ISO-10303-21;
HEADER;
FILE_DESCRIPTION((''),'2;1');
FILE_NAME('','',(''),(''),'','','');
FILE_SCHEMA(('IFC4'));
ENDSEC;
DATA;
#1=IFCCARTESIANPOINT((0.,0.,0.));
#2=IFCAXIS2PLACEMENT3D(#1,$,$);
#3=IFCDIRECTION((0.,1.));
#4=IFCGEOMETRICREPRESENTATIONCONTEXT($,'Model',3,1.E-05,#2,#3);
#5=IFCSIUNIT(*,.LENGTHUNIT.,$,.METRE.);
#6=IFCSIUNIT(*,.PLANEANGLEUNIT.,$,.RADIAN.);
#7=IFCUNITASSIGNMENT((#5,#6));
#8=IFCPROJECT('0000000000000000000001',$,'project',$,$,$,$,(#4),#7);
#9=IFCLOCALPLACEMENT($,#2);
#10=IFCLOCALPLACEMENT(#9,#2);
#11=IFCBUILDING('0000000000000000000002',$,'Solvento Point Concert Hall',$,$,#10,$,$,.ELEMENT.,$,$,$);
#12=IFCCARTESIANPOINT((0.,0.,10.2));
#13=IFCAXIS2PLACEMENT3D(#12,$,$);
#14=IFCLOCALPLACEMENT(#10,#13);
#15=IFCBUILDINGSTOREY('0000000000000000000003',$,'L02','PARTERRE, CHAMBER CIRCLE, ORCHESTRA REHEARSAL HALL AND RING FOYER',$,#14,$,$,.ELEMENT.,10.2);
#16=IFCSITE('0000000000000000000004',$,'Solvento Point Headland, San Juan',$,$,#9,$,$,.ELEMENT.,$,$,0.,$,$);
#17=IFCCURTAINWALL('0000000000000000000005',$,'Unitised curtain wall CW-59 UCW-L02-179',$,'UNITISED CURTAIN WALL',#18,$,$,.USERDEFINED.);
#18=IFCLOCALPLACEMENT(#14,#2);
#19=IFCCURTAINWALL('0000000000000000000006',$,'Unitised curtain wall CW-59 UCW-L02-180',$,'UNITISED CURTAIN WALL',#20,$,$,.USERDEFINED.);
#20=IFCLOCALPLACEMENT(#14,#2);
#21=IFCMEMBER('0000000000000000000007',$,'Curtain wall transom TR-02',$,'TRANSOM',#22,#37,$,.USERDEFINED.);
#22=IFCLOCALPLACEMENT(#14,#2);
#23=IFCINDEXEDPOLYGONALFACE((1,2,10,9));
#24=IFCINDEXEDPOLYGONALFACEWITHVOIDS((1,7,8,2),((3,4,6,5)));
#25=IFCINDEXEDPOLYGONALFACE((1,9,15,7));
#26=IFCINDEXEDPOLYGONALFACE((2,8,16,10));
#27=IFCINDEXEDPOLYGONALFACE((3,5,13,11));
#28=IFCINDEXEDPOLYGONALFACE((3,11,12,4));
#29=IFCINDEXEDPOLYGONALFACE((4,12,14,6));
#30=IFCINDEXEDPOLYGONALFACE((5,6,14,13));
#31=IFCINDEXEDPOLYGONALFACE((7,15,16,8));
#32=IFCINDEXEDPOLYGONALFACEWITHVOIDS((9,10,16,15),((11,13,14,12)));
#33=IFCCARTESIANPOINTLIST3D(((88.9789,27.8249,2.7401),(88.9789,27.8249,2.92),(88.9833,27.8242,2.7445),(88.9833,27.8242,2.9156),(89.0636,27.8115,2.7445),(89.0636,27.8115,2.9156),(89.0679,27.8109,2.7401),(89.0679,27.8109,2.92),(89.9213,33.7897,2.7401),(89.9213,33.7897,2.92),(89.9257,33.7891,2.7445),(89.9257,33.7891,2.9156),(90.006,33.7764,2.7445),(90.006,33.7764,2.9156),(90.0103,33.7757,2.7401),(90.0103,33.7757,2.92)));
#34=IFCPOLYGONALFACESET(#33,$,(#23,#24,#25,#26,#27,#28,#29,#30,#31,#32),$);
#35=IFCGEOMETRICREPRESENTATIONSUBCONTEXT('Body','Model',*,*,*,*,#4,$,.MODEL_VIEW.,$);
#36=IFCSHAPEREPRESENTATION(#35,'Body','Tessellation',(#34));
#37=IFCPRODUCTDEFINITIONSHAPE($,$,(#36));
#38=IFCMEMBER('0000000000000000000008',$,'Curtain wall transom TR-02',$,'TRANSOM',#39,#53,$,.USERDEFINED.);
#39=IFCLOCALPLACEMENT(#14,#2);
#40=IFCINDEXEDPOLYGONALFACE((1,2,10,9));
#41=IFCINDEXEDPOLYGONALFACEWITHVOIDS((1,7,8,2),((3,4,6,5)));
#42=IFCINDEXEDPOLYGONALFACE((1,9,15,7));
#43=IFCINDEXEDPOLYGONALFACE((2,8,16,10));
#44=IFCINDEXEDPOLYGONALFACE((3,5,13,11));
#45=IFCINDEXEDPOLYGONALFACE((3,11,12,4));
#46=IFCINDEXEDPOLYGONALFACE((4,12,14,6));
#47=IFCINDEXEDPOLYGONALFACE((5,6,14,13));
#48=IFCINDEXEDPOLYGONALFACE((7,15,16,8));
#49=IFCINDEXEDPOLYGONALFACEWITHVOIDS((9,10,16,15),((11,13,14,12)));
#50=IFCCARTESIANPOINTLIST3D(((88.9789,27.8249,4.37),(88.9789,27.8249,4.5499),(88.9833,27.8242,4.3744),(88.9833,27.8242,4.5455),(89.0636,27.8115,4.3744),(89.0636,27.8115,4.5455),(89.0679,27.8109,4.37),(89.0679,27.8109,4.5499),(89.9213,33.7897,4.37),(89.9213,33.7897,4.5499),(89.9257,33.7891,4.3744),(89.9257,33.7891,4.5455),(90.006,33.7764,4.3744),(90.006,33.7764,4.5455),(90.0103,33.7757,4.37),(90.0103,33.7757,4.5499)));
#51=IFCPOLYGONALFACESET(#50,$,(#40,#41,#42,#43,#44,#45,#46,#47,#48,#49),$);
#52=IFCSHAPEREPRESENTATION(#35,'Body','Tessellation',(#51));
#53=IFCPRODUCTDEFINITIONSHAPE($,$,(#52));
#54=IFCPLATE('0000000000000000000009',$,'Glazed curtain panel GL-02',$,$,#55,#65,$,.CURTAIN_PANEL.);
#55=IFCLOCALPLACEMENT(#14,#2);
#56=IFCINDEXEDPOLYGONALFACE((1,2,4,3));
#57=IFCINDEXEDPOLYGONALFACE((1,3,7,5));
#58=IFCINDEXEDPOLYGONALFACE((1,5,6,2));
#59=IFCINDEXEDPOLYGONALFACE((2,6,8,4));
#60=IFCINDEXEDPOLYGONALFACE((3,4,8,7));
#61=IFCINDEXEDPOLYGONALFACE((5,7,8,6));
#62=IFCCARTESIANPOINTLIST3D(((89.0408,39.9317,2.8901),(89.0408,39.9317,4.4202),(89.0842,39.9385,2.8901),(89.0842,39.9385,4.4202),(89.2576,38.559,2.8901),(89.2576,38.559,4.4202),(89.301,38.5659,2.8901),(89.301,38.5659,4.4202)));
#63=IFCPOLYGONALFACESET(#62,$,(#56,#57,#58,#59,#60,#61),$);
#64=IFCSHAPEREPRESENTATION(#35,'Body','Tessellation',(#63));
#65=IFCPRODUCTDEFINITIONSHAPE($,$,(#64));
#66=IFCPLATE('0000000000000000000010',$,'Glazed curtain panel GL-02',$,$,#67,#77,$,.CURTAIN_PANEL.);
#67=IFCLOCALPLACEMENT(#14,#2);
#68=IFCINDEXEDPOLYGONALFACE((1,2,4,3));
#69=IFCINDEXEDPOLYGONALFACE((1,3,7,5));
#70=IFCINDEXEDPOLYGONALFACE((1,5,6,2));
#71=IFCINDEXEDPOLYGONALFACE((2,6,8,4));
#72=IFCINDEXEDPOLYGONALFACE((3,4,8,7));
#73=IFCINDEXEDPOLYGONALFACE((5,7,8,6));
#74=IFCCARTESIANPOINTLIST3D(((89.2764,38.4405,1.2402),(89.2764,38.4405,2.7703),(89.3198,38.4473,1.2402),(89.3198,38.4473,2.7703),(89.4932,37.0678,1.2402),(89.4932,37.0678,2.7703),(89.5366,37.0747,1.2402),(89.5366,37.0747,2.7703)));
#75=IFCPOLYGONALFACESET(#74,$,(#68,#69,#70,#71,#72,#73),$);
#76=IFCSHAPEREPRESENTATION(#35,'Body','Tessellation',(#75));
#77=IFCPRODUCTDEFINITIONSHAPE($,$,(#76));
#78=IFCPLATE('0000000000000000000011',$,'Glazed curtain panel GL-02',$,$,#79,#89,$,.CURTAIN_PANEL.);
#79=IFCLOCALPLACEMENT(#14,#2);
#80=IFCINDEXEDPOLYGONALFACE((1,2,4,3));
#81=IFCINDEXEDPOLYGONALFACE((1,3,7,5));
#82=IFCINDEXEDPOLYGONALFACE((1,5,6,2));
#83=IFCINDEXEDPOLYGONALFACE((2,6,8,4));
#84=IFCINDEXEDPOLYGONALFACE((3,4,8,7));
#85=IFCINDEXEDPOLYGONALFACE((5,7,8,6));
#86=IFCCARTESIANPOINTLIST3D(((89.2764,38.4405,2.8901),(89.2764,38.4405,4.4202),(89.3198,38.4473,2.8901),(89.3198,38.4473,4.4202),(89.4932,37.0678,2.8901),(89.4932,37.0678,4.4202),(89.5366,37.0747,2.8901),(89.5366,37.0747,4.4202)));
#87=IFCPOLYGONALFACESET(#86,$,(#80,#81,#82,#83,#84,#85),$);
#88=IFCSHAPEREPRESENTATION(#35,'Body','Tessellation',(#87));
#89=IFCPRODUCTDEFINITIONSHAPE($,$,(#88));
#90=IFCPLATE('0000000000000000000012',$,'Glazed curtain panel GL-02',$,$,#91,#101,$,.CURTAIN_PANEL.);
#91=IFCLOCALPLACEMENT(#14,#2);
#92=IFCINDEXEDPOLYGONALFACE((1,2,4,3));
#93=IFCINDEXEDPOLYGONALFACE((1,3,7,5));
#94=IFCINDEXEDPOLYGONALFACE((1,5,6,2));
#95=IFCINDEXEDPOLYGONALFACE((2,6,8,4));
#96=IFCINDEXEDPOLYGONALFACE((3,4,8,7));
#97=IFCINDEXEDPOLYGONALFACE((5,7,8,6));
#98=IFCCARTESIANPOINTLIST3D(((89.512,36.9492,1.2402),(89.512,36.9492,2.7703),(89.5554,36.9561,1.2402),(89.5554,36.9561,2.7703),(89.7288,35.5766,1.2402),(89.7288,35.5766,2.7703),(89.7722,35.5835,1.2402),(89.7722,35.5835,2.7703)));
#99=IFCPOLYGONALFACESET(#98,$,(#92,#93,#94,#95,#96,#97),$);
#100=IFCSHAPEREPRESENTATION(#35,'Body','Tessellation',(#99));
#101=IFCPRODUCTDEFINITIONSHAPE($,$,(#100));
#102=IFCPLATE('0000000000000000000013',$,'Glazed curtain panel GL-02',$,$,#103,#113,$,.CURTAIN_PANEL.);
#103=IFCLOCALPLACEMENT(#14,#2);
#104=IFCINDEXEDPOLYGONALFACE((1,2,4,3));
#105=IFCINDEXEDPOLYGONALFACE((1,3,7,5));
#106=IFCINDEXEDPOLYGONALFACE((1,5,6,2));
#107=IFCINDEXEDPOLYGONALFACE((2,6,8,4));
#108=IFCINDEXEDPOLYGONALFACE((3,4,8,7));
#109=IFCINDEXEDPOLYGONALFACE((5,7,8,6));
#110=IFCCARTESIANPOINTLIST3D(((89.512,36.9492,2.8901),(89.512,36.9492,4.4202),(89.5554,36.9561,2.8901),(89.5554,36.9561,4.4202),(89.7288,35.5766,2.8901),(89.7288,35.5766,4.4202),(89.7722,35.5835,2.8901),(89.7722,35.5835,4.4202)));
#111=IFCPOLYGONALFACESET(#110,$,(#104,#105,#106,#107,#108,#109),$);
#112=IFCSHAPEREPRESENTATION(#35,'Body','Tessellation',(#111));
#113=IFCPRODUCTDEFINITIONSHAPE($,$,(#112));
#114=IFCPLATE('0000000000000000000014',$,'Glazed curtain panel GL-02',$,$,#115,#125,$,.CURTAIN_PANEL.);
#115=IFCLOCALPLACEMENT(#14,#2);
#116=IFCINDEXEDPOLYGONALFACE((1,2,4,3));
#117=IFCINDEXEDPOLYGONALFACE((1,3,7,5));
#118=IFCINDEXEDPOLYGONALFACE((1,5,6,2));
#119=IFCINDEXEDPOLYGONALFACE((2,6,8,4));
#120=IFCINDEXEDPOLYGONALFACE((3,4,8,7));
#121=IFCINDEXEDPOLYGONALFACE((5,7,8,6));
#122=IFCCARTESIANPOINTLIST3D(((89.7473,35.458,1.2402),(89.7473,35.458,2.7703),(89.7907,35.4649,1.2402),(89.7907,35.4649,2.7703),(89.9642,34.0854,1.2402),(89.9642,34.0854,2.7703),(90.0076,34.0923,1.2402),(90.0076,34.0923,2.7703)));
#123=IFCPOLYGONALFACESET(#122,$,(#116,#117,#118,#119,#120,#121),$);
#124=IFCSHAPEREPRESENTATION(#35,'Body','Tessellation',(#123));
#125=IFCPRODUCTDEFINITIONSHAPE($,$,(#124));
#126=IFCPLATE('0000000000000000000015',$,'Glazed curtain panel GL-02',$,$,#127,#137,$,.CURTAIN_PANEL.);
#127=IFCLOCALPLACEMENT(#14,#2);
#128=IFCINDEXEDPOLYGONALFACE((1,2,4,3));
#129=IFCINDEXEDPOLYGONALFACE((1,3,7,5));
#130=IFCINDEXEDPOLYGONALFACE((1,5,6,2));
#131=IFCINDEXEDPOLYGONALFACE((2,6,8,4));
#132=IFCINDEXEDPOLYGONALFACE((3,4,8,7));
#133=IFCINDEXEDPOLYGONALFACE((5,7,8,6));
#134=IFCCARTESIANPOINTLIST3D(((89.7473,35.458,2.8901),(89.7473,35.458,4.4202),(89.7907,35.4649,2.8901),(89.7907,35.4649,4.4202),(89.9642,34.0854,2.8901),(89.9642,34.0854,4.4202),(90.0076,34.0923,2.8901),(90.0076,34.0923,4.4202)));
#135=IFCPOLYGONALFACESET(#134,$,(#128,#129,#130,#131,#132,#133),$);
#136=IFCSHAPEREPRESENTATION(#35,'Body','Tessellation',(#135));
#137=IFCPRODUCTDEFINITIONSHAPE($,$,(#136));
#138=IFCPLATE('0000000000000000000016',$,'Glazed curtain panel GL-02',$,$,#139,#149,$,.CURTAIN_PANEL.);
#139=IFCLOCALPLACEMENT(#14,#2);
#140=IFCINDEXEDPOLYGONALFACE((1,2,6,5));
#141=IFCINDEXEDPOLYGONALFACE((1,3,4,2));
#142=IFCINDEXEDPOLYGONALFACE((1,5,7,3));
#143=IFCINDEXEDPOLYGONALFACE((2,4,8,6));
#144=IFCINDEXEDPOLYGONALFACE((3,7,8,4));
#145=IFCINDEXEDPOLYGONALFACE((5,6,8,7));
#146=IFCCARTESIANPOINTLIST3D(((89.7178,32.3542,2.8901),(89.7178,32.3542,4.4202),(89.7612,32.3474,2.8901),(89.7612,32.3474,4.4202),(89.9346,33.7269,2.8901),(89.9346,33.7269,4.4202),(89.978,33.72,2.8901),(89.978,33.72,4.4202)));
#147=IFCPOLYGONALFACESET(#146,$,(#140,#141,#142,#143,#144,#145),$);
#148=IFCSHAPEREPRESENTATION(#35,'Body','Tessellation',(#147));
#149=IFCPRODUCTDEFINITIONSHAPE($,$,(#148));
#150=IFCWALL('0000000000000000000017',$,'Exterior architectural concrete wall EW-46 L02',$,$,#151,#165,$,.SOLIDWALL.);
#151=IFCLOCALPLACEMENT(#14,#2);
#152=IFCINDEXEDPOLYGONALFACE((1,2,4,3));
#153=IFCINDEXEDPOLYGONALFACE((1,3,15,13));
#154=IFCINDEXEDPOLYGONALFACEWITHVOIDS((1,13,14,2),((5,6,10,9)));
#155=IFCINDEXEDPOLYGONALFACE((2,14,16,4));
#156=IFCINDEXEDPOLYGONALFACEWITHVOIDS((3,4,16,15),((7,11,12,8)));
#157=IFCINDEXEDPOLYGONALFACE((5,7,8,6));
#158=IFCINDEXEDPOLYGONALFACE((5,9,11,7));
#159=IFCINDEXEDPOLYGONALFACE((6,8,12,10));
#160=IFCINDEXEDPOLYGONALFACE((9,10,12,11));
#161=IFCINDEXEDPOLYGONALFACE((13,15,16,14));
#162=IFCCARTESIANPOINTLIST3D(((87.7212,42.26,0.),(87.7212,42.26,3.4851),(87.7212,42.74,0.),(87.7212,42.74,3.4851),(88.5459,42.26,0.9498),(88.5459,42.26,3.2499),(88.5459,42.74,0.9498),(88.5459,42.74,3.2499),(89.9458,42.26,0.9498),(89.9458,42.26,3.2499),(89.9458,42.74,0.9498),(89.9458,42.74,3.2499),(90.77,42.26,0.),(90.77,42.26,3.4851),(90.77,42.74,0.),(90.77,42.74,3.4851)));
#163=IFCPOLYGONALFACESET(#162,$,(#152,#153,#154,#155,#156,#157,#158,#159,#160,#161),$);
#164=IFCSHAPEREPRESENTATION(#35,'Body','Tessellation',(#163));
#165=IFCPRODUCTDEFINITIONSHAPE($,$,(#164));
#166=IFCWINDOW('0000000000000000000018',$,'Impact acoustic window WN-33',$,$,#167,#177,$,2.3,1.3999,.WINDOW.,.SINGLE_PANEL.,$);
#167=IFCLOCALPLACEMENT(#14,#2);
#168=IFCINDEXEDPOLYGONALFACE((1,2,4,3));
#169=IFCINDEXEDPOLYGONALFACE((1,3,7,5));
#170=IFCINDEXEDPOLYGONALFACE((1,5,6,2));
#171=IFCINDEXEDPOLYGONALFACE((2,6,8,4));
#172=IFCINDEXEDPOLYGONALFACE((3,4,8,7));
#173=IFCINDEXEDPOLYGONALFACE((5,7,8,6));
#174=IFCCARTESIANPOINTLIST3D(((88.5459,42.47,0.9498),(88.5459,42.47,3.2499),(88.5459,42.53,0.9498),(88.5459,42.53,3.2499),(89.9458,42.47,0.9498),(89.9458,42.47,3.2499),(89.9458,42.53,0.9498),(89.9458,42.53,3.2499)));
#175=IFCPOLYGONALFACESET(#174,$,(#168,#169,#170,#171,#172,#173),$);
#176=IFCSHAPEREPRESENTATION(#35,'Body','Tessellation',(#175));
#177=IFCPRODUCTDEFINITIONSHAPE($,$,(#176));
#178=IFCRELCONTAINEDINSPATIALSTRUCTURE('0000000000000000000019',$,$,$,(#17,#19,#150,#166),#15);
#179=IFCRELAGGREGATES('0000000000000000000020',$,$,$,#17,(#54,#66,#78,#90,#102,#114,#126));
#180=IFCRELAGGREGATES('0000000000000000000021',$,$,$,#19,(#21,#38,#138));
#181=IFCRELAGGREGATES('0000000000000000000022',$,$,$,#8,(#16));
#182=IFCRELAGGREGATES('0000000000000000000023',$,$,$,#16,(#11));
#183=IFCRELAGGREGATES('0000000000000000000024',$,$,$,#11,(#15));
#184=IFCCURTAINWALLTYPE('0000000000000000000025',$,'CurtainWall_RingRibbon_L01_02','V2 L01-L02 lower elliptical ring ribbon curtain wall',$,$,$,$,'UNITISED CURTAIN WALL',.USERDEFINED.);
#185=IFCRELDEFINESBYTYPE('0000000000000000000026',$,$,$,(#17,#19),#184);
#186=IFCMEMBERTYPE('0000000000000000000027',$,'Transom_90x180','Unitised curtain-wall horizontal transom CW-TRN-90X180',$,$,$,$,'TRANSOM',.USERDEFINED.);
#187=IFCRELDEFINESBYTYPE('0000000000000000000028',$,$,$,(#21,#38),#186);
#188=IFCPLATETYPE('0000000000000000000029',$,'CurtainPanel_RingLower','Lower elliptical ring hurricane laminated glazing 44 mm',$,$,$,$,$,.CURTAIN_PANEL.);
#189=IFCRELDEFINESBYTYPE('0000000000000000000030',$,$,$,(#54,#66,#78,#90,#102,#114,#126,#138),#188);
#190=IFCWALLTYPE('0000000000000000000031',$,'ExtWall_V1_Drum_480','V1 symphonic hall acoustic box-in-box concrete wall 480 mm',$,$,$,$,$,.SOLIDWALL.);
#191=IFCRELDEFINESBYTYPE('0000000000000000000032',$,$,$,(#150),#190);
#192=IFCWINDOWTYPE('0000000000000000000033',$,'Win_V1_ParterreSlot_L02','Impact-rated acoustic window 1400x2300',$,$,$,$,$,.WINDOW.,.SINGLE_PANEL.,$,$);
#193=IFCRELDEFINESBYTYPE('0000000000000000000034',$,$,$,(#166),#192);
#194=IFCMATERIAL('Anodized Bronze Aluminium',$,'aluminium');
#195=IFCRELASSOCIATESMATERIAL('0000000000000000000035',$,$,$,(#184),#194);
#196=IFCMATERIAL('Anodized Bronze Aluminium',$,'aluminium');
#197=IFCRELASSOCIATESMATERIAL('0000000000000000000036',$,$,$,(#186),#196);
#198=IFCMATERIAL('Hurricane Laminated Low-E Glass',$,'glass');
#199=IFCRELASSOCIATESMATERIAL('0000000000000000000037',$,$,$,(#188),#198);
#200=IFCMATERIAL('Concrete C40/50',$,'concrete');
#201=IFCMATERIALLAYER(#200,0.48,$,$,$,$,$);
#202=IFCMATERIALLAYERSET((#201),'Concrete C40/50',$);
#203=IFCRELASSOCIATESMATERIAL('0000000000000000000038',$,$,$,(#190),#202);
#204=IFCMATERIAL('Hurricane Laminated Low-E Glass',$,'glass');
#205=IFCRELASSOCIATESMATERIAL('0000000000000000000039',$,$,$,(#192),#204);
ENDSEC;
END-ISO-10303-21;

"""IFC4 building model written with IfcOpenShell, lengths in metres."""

from ifc_helpers import new_model, si_unit, direction, frame, frame_2d, origin, origin_2d, place, context, subcontext, project, spatial, rectangle, hollow_rectangle, extrude, material, layer, layer_set, material_profile, profile_set, type_object, element, fill, aggregate, save


model = new_model("IFC4")

# Units and contexts
model_context = context("Model", 3, precision=1e-05, world=origin(), true_north=direction((0.0, 1.0)))
body_context = subcontext(model_context, "Body", "Model", "MODEL_VIEW")
ifc_project = project(units=[si_unit("LENGTHUNIT", "METRE"), si_unit("PLANEANGLEUNIT", "RADIAN")], contexts=[model_context])

# Site, building, storey
site_placement = place(None, origin())
site = spatial("IfcSite", under=ifc_project, at=site_placement, Name="Solvento Point Headland, San Juan", CompositionType="ELEMENT", RefElevation=0.0)
building_placement = place(site_placement, origin())
building = spatial("IfcBuilding", under=site, at=building_placement, Name="Solvento Point Concert Hall", CompositionType="ELEMENT")
storey_placement = place(building_placement, frame((0.0, 0.0, 10.2)))
storey = spatial("IfcBuildingStorey", under=building, at=storey_placement, Name="L02", Description="PARTERRE, CHAMBER CIRCLE, ORCHESTRA REHEARSAL HALL AND RING FOYER", CompositionType="ELEMENT", Elevation=10.2)

# Curtain walls, members
ifc_material_1 = material(Name="Anodized Bronze Aluminium", Category="aluminium")
curtain_wall_type = type_object("IfcCurtainWallType", Name="CurtainWall_RingRibbon_L01_02", Description="V2 L01-L02 lower elliptical ring ribbon curtain wall", ElementType="UNITISED CURTAIN WALL", PredefinedType="USERDEFINED", material=ifc_material_1)
curtain_wall_1_placement = place(storey_placement, origin())
curtain_wall_1 = element("IfcCurtainWall", 1, at=curtain_wall_1_placement, inside=storey, type_object=curtain_wall_type, Name="Unitised curtain wall CW-59 UCW-L02-179", ObjectType="UNITISED CURTAIN WALL", PredefinedType="USERDEFINED")
curtain_wall_2_placement = place(storey_placement, origin())
curtain_wall_2 = element("IfcCurtainWall", 2, at=curtain_wall_2_placement, inside=storey, type_object=curtain_wall_type, Name="Unitised curtain wall CW-59 UCW-L02-180", ObjectType="UNITISED CURTAIN WALL", PredefinedType="USERDEFINED")
ifc_material_2 = material(Name="Anodized Bronze Aluminium", Category="aluminium")
ifc_material_profile_1 = material_profile(ifc_material_2, hollow_rectangle(XDim=0.0901, YDim=0.1799, WallThickness=0.0044, at=origin_2d()), Name="CW-TRN-90X180")
ifc_profile_set_1 = profile_set([ifc_material_profile_1], Name="Anodized Bronze Aluminium")
member_type_1 = type_object("IfcMemberType", Name="Transom_90x180", Description="Unitised curtain-wall horizontal transom CW-TRN-90X180", ElementType="TRANSOM", PredefinedType="USERDEFINED", material=ifc_profile_set_1)
member_1_placement = place(storey_placement, frame((89.9658, 33.7827, 2.8301), z_axis=(-0.156054, -0.987749, 0.0), x_axis=(0.987749, -0.156054, 0.0)))
member_1 = element("IfcMember", 3, at=member_1_placement, type_object=member_type_1, Name="Curtain wall transom TR-02", ObjectType="TRANSOM", PredefinedType="USERDEFINED", context=body_context, shape_type="SweptSolid", body=[
    extrude(hollow_rectangle(XDim=0.0901, YDim=0.1799, WallThickness=0.0044, at=origin_2d()), origin(), (0.0, 0.0, 1.0), 6.0388),
])
member_2_placement = place(storey_placement, frame((89.9658, 33.7827, 4.46), z_axis=(-0.156054, -0.987749, 0.0), x_axis=(0.987749, -0.156054, 0.0)))
member_2 = element("IfcMember", 4, at=member_2_placement, type_object=member_type_1, Name="Curtain wall transom TR-02", ObjectType="TRANSOM", PredefinedType="USERDEFINED", context=body_context, shape_type="SweptSolid", body=[
    extrude(hollow_rectangle(XDim=0.0901, YDim=0.1799, WallThickness=0.0044, at=origin_2d()), origin(), (0.0, 0.0, 1.0), 6.0388),
])

# Plates
ifc_material_3 = material(Name="Hurricane Laminated Low-E Glass", Category="glass")
plate_type = type_object("IfcPlateType", Name="CurtainPanel_RingLower", Description="Lower elliptical ring hurricane laminated glazing 44 mm", PredefinedType="CURTAIN_PANEL", material=ifc_material_3)
plate_1_placement = place(storey_placement, frame((89.1709, 39.2488, 2.8901), z_axis=(0.0, 0.0, 1.0), x_axis=(0.156041, -0.987751, 0.0)))
plate_1 = element("IfcPlate", 5, at=plate_1_placement, type_object=plate_type, Name="Glazed curtain panel GL-02", PredefinedType="CURTAIN_PANEL", context=body_context, shape_type="SweptSolid", body=[
    extrude(rectangle(XDim=1.3896, YDim=0.0439, at=origin_2d()), origin(), (0.0, 0.0, 1.0), 1.53),
])
plate_2_placement = place(storey_placement, frame((89.4065, 37.7576, 1.2402), z_axis=(0.0, 0.0, 1.0), x_axis=(0.156041, -0.987751, 0.0)))
plate_2 = element("IfcPlate", 6, at=plate_2_placement, type_object=plate_type, Name="Glazed curtain panel GL-02", PredefinedType="CURTAIN_PANEL", context=body_context, shape_type="SweptSolid", body=[
    extrude(rectangle(XDim=1.3896, YDim=0.0439, at=origin_2d()), origin(), (0.0, 0.0, 1.0), 1.53),
])
plate_3_placement = place(storey_placement, frame((89.4065, 37.7576, 2.8901), z_axis=(0.0, 0.0, 1.0), x_axis=(0.156041, -0.987751, 0.0)))
plate_3 = element("IfcPlate", 7, at=plate_3_placement, type_object=plate_type, Name="Glazed curtain panel GL-02", PredefinedType="CURTAIN_PANEL", context=body_context, shape_type="SweptSolid", body=[
    extrude(rectangle(XDim=1.3896, YDim=0.0439, at=origin_2d()), origin(), (0.0, 0.0, 1.0), 1.53),
])
plate_4_placement = place(storey_placement, frame((89.6421, 36.2664, 1.2402), z_axis=(0.0, 0.0, 1.0), x_axis=(0.156041, -0.987751, 0.0)))
plate_4 = element("IfcPlate", 8, at=plate_4_placement, type_object=plate_type, Name="Glazed curtain panel GL-02", PredefinedType="CURTAIN_PANEL", context=body_context, shape_type="SweptSolid", body=[
    extrude(rectangle(XDim=1.3896, YDim=0.0439, at=origin_2d()), origin(), (0.0, 0.0, 1.0), 1.53),
])
plate_5_placement = place(storey_placement, frame((89.6421, 36.2664, 2.8901), z_axis=(0.0, 0.0, 1.0), x_axis=(0.156041, -0.987751, 0.0)))
plate_5 = element("IfcPlate", 9, at=plate_5_placement, type_object=plate_type, Name="Glazed curtain panel GL-02", PredefinedType="CURTAIN_PANEL", context=body_context, shape_type="SweptSolid", body=[
    extrude(rectangle(XDim=1.3896, YDim=0.0439, at=origin_2d()), origin(), (0.0, 0.0, 1.0), 1.53),
])
plate_6_placement = place(storey_placement, frame((89.8774, 34.7751, 1.2402), z_axis=(0.0, 0.0, 1.0), x_axis=(0.156041, -0.987751, 0.0)))
plate_6 = element("IfcPlate", 10, at=plate_6_placement, type_object=plate_type, Name="Glazed curtain panel GL-02", PredefinedType="CURTAIN_PANEL", context=body_context, shape_type="SweptSolid", body=[
    extrude(rectangle(XDim=1.3896, YDim=0.0439, at=origin_2d()), origin(), (0.0, 0.0, 1.0), 1.53),
])
plate_7_placement = place(storey_placement, frame((89.8774, 34.7751, 2.8901), z_axis=(0.0, 0.0, 1.0), x_axis=(0.156041, -0.987751, 0.0)))
plate_7 = element("IfcPlate", 11, at=plate_7_placement, type_object=plate_type, Name="Glazed curtain panel GL-02", PredefinedType="CURTAIN_PANEL", context=body_context, shape_type="SweptSolid", body=[
    extrude(rectangle(XDim=1.3896, YDim=0.0439, at=origin_2d()), origin(), (0.0, 0.0, 1.0), 1.53),
])
aggregate(curtain_wall_1, [plate_1, plate_2, plate_3, plate_4, plate_5, plate_6, plate_7])
plate_8_placement = place(storey_placement, frame((89.8479, 33.0371, 2.8901), z_axis=(0.0, 0.0, 1.0), x_axis=(-0.156041, -0.987751, 0.0)))
plate_8 = element("IfcPlate", 12, at=plate_8_placement, type_object=plate_type, Name="Glazed curtain panel GL-02", PredefinedType="CURTAIN_PANEL", context=body_context, shape_type="SweptSolid", body=[
    extrude(rectangle(XDim=1.3896, YDim=0.0439, at=origin_2d()), origin(), (0.0, 0.0, 1.0), 1.53),
])
aggregate(curtain_wall_2, [member_1, member_2, plate_8])

# Wall, opening, window
ifc_material_4 = material(Name="Concrete C40/50", Category="concrete")
ifc_layer_1 = layer(ifc_material_4, 0.48)
ifc_layer_set_1 = layer_set([ifc_layer_1], Name="Concrete C40/50")
wall_type_1 = type_object("IfcWallType", Name="ExtWall_V1_Drum_480", Description="V1 symphonic hall acoustic box-in-box concrete wall 480 mm", PredefinedType="SOLIDWALL", material=ifc_layer_set_1)
wall_1_placement = place(storey_placement, frame((90.77, 42.5, 0.0), z_axis=(0.0, 0.0, 1.0), x_axis=(-1.0, 0.0, 0.0)))
wall_1 = element("IfcWall", 13, at=wall_1_placement, inside=storey, type_object=wall_type_1, Name="Exterior architectural concrete wall EW-46 L02", PredefinedType="SOLIDWALL", context=body_context, shape_type="SweptSolid", body=[
    extrude(rectangle(XDim=3.0488, YDim=0.48, at=frame_2d((1.5244, 0.0))), origin(), (0.0, 0.0, 1.0), 3.4851),
])
opening_1_placement = place(wall_1_placement, frame((0.8242, 0.0, 0.95)))
opening_1 = element("IfcOpeningElement", 14, at=opening_1_placement, cuts=wall_1, PredefinedType="OPENING", context=body_context, shape_type="SweptSolid", body=[
    extrude(rectangle(XDim=1.3999, YDim=2.3, at=frame_2d((0.7, 1.1499))), frame((0.0, 0.25, 0.0), z_axis=(0.0, -1.0, 0.0), x_axis=(1.0, 0.0, 0.0)), (0.0, 0.0, 1.0), 0.5),
])
ifc_material_5 = material(Name="Hurricane Laminated Low-E Glass", Category="glass")
window_type_1 = type_object("IfcWindowType", Name="Win_V1_ParterreSlot_L02", Description="Impact-rated acoustic window 1400x2300", PartitioningType="SINGLE_PANEL", PredefinedType="WINDOW", material=ifc_material_5)
window_1_placement = place(opening_1_placement, origin())
window_1 = element("IfcWindow", 15, at=window_1_placement, inside=storey, type_object=window_type_1, Name="Impact acoustic window WN-33", OverallHeight=2.3, OverallWidth=1.3999, PartitioningType="SINGLE_PANEL", PredefinedType="WINDOW", context=body_context, shape_type="SweptSolid", body=[
    extrude(rectangle(XDim=1.3999, YDim=2.3, at=frame_2d((0.7, 1.1499))), frame((0.0, 0.03, 0.0), z_axis=(0.0, -1.0, 0.0), x_axis=(1.0, 0.0, 0.0)), (0.0, 0.0, 1.0), 0.0601),
])
fill(opening_1, window_1)

save(model, "model.ifc")
